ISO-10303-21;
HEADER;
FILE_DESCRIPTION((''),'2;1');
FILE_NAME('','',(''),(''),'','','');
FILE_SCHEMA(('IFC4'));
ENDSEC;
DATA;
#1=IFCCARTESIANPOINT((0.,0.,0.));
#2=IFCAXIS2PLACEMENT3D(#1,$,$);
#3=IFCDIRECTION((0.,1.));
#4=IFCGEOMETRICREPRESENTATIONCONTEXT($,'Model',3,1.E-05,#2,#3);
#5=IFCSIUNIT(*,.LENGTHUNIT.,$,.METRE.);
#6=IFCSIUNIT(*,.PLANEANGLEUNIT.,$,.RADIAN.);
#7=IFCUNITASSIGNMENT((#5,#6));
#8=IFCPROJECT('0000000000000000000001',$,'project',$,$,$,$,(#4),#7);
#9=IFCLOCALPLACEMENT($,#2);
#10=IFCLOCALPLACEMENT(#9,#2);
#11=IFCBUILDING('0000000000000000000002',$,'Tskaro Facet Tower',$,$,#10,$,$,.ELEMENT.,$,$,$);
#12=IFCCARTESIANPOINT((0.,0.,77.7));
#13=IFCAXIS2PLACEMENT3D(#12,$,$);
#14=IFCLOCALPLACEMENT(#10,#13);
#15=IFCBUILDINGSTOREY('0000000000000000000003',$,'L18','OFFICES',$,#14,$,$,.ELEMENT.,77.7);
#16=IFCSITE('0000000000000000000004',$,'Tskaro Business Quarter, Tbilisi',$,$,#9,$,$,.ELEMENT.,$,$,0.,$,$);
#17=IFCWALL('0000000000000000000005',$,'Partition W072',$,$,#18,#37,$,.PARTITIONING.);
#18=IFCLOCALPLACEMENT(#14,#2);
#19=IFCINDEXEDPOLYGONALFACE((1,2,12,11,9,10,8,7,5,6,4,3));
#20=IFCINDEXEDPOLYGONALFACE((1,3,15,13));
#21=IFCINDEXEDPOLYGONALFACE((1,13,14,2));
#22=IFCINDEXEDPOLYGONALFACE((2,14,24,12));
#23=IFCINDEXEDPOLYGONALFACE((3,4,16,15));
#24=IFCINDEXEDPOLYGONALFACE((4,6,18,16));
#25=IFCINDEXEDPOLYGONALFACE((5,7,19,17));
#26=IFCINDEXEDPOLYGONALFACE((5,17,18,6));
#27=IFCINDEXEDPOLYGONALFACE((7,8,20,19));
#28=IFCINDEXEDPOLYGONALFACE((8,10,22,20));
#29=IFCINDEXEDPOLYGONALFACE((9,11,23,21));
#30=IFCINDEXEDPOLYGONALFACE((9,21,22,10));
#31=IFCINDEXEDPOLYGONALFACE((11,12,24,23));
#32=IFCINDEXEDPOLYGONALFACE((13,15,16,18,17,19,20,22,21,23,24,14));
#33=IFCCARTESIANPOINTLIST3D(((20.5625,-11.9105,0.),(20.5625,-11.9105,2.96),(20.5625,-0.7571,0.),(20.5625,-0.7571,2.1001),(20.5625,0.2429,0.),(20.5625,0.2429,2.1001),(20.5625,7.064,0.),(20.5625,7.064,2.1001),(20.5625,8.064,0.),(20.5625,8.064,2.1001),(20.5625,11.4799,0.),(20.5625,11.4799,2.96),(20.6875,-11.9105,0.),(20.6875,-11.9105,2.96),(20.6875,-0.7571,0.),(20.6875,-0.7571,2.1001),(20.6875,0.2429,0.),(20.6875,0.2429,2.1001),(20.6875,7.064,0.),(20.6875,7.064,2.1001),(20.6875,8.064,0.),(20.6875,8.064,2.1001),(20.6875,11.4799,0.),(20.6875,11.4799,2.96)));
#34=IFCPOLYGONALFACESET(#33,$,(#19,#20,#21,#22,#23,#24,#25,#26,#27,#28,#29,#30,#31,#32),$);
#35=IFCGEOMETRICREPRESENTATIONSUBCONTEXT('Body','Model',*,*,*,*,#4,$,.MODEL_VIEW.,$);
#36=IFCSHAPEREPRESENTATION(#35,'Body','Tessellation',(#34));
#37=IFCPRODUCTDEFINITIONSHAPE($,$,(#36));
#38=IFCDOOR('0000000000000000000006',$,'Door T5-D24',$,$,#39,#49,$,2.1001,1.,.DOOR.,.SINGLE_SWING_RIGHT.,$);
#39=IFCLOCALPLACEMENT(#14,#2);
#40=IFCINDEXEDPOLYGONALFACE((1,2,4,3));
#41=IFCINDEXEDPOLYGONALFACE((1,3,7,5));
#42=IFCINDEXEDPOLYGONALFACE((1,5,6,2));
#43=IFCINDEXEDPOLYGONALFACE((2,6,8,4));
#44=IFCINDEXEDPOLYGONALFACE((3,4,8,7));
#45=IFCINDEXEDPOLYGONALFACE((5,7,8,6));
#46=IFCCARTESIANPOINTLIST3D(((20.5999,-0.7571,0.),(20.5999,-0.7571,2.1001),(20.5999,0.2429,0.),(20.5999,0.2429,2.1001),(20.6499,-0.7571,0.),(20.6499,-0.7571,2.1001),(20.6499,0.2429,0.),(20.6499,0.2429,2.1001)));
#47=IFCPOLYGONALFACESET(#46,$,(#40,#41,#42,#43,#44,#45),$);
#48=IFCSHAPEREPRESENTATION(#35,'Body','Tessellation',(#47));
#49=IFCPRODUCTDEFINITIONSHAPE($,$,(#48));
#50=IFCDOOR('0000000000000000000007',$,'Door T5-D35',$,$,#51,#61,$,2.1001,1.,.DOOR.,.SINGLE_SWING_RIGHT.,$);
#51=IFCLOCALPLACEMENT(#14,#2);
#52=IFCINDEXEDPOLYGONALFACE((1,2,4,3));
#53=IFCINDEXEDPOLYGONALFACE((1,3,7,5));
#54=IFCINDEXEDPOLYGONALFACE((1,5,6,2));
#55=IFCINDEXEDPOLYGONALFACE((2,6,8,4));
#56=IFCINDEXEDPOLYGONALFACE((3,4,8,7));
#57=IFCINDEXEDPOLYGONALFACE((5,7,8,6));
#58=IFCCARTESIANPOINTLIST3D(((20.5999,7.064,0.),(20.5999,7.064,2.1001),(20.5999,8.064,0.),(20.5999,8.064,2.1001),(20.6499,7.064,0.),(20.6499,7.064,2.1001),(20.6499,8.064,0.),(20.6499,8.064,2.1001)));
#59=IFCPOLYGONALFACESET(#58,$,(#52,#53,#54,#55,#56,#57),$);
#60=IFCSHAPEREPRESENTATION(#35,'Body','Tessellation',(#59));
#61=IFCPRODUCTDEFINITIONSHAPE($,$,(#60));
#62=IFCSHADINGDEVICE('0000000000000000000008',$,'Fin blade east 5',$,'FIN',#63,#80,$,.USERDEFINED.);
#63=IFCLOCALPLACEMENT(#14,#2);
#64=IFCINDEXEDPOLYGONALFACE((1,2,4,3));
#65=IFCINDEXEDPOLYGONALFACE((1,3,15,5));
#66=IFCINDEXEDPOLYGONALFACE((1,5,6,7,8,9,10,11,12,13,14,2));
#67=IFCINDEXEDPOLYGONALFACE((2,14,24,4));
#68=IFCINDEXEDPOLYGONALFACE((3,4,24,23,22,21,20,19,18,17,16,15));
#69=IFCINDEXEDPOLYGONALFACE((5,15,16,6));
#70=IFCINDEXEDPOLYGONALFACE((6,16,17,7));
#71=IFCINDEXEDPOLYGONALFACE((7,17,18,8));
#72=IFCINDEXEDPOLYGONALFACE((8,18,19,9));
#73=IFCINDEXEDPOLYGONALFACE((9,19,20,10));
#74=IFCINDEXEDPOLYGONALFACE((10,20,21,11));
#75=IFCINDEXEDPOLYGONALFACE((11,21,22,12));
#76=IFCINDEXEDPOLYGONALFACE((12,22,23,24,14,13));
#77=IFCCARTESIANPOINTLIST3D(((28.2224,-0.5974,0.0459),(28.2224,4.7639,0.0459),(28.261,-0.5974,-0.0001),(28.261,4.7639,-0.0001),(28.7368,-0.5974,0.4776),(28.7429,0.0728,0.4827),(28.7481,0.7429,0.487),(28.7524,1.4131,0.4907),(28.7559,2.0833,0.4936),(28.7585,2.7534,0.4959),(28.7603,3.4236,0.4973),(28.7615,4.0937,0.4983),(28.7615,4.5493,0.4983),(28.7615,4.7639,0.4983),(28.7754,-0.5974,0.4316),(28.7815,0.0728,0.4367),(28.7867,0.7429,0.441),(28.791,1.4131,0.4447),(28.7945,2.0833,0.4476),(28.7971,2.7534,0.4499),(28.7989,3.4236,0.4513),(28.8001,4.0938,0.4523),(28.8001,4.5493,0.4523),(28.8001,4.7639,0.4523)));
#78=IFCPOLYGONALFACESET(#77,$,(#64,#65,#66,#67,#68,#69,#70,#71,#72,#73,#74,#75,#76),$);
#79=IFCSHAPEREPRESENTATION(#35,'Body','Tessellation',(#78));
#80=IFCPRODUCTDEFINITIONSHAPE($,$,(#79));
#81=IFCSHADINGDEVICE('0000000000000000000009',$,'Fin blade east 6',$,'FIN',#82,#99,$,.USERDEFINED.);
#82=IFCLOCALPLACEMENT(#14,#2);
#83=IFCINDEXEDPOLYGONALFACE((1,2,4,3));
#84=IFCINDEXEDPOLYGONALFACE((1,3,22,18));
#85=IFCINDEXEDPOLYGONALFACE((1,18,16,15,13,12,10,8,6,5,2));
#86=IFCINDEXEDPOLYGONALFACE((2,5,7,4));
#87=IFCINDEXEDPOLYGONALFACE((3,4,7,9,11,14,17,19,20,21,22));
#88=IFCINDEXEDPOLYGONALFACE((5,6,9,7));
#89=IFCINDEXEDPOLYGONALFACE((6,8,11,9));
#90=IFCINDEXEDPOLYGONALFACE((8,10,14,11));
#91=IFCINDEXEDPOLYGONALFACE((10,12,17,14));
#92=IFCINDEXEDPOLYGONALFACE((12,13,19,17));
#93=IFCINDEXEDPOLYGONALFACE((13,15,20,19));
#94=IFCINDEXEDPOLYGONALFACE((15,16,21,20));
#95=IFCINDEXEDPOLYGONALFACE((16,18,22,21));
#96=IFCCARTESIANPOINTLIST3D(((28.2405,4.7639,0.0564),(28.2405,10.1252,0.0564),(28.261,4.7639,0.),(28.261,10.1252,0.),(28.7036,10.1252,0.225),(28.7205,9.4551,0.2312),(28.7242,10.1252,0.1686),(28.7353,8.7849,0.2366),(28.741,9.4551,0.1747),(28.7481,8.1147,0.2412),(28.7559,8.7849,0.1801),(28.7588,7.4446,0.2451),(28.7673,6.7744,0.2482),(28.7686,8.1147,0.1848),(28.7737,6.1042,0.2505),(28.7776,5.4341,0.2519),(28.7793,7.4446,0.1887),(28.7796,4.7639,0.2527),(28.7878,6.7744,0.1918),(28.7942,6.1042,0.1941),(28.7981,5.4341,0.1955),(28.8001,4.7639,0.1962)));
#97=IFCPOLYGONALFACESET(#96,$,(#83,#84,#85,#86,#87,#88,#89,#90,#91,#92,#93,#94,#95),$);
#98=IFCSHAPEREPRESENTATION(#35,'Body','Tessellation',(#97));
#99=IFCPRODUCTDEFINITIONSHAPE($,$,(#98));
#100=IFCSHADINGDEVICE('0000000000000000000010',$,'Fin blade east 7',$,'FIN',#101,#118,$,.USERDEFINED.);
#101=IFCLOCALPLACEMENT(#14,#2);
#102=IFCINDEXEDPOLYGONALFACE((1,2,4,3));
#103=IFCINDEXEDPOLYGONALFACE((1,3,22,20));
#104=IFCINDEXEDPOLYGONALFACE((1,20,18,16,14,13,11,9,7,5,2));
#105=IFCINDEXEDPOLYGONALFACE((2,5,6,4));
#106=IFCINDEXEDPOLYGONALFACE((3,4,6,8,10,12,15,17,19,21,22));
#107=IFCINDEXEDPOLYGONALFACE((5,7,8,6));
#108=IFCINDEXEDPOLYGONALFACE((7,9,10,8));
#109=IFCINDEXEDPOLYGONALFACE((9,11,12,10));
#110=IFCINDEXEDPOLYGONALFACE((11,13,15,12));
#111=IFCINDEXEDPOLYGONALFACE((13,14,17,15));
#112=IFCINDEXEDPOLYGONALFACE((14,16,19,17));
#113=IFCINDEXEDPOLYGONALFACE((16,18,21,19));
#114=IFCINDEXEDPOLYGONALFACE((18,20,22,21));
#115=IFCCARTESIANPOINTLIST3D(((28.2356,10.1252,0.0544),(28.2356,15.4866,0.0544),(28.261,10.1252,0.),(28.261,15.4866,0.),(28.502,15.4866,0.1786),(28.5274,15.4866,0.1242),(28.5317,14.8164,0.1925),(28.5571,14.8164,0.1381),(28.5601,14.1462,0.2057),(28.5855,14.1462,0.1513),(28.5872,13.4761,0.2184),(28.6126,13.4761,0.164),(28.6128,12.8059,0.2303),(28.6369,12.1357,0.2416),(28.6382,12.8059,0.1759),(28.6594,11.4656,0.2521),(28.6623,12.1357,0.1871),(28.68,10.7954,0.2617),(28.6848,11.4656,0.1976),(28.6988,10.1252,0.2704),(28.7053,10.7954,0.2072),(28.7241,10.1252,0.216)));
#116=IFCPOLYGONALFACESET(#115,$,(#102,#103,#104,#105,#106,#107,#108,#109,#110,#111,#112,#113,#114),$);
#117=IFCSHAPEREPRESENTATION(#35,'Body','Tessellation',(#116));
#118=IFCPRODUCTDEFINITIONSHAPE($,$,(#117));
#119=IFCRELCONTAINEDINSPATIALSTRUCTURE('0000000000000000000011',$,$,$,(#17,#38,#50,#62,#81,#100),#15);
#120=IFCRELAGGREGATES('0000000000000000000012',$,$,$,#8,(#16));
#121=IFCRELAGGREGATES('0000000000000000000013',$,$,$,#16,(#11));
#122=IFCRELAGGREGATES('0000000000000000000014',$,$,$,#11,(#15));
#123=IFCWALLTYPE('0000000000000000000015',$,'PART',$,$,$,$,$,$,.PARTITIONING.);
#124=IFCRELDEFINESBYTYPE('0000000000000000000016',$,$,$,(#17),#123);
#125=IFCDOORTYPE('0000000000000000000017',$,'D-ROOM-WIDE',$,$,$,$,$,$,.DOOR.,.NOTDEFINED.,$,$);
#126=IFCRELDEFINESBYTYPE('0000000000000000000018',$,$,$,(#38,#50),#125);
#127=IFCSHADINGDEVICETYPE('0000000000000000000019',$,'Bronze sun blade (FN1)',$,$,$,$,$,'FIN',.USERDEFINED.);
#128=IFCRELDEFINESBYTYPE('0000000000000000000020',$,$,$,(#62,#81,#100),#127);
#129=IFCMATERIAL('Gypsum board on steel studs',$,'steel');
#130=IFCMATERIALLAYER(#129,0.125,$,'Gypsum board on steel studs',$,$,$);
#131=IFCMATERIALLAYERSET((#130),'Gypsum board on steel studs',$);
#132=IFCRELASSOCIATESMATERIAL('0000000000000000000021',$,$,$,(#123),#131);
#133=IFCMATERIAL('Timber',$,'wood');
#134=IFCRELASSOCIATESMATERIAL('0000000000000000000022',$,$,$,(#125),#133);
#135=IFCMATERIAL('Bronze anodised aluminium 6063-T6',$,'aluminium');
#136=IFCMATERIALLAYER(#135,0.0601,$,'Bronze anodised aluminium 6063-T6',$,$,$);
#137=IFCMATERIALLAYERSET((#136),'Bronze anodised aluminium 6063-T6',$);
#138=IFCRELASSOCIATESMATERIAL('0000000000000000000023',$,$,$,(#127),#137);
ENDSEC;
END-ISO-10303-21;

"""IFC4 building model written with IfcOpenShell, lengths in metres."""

from ifc_helpers import new_model, si_unit, direction, frame, frame_2d, origin, place, context, subcontext, project, spatial, polyline, rectangle, outline, extrude, material, layer, layer_set, type_object, element, fill, save


model = new_model("IFC4")

# Units and contexts
model_context = context("Model", 3, precision=1e-05, world=origin(), true_north=direction((0.0, 1.0)))
body_context = subcontext(model_context, "Body", "Model", "MODEL_VIEW")
ifc_project = project(units=[si_unit("LENGTHUNIT", "METRE"), si_unit("PLANEANGLEUNIT", "RADIAN")], contexts=[model_context])

# Site, building, storey
site_placement = place(None, origin())
site = spatial("IfcSite", under=ifc_project, at=site_placement, Name="Tskaro Business Quarter, Tbilisi", CompositionType="ELEMENT", RefElevation=0.0)
building_placement = place(site_placement, origin())
building = spatial("IfcBuilding", under=site, at=building_placement, Name="Tskaro Facet Tower", CompositionType="ELEMENT")
storey_placement = place(building_placement, frame((0.0, 0.0, 77.7)))
storey = spatial("IfcBuildingStorey", under=building, at=storey_placement, Name="L18", Description="OFFICES", CompositionType="ELEMENT", Elevation=77.7)

# Shared definitions
ifc_material_1 = material(Name="Bronze anodised aluminium 6063-T6", Category="aluminium")

# Shared definitions
ifc_material_2 = material(Name="Gypsum board on steel studs", Category="steel")
ifc_layer_1 = layer(ifc_material_2, 0.125, Name="Gypsum board on steel studs")
ifc_layer_set_1 = layer_set([ifc_layer_1], Name="Gypsum board on steel studs")
wall_type = type_object("IfcWallType", Name="PART", PredefinedType="PARTITIONING", material=ifc_layer_set_1)

# Wall, openings, doors
wall_1_placement = place(storey_placement, frame((20.625, 11.48, 0.0), z_axis=(0.0, 0.0, 1.0), x_axis=(0.0, -1.0, 0.0)))
wall_1 = element("IfcWall", 1, at=wall_1_placement, inside=storey, type_object=wall_type, Name="Partition W072", PredefinedType="PARTITIONING", context=body_context, shape_type="SweptSolid", body=[
    extrude(rectangle(XDim=23.3904, YDim=0.125, at=frame_2d((11.6953, 0.0))), origin(), (0.0, 0.0, 1.0), 2.96),
])
opening_1_placement = place(wall_1_placement, frame((11.2371, 0.0, 0.0)))
opening_1 = element("IfcOpeningElement", 2, at=opening_1_placement, cuts=wall_1, PredefinedType="OPENING", context=body_context, shape_type="SweptSolid", body=[
    extrude(rectangle(XDim=1.0, YDim=2.1001, at=frame_2d((0.5, 1.05))), frame((0.0, 0.0725, 0.0), z_axis=(0.0, -1.0, 0.0), x_axis=(1.0, 0.0, 0.0)), (0.0, 0.0, 1.0), 0.145),
])
opening_2_placement = place(wall_1_placement, frame((3.416, 0.0, 0.0)))
opening_2 = element("IfcOpeningElement", 3, at=opening_2_placement, cuts=wall_1, PredefinedType="OPENING", context=body_context, shape_type="SweptSolid", body=[
    extrude(rectangle(XDim=1.0, YDim=2.1001, at=frame_2d((0.5, 1.05))), frame((0.0, 0.0725, 0.0), z_axis=(0.0, -1.0, 0.0), x_axis=(1.0, 0.0, 0.0)), (0.0, 0.0, 1.0), 0.145),
])
ifc_material_3 = material(Name="Timber", Category="wood")
door_type = type_object("IfcDoorType", Name="D-ROOM-WIDE", OperationType="NOTDEFINED", PredefinedType="DOOR", material=ifc_material_3)
door_1_placement = place(opening_1_placement, origin())
door_1 = element("IfcDoor", 4, at=door_1_placement, inside=storey, type_object=door_type, Name="Door T5-D24", OperationType="SINGLE_SWING_RIGHT", OverallHeight=2.1001, OverallWidth=1.0, PredefinedType="DOOR", context=body_context, shape_type="SweptSolid", body=[
    extrude(rectangle(XDim=1.0, YDim=2.1001, at=frame_2d((0.5, 1.05))), frame((0.0, 0.0249, 0.0), z_axis=(0.0, -1.0, 0.0), x_axis=(1.0, 0.0, 0.0)), (0.0, 0.0, 1.0), 0.05),
])
fill(opening_1, door_1)
door_2_placement = place(opening_2_placement, origin())
door_2 = element("IfcDoor", 5, at=door_2_placement, inside=storey, type_object=door_type, Name="Door T5-D35", OperationType="SINGLE_SWING_RIGHT", OverallHeight=2.1001, OverallWidth=1.0, PredefinedType="DOOR", context=body_context, shape_type="SweptSolid", body=[
    extrude(rectangle(XDim=1.0, YDim=2.1001, at=frame_2d((0.5, 1.05))), frame((0.0, 0.0249, 0.0), z_axis=(0.0, -1.0, 0.0), x_axis=(1.0, 0.0, 0.0)), (0.0, 0.0, 1.0), 0.05),
])
fill(opening_2, door_2)

# Shading devices
ifc_layer_2 = layer(ifc_material_1, 0.0601, Name="Bronze anodised aluminium 6063-T6")
ifc_layer_set_2 = layer_set([ifc_layer_2], Name="Bronze anodised aluminium 6063-T6")
shading_device_type = type_object("IfcShadingDeviceType", Name="Bronze sun blade (FN1)", ElementType="FIN", PredefinedType="USERDEFINED", material=ifc_layer_set_2)
shading_device_1_placement = place(storey_placement, frame((28.2224, -0.5974, 0.0459), z_axis=(-0.642853, -0.000004, 0.765989), x_axis=(-0.000003, 1.0, 0.000003)))
element("IfcShadingDevice", 6, at=shading_device_1_placement, inside=storey, type_object=shading_device_type, Name="Fin blade east 5", ObjectType="FIN", PredefinedType="USERDEFINED", context=body_context, shape_type="SweptSolid", body=[
    extrude(outline(polyline([(0.0, 0.0), (5.3613, 0.0), (5.3613, -0.7037), (5.1467, -0.7037), (4.6912, -0.7037), (4.021, -0.7022), (3.3508, -0.6999), (2.6807, -0.6965), (2.0105, -0.692), (1.3403, -0.6862), (0.6702, -0.6795), (0.0, -0.6715), (0.0, 0.0)])), origin(), (0.0, 0.0, -1.0), 0.0601),
])
shading_device_2_placement = place(storey_placement, frame((28.2405, 4.7639, 0.0564), z_axis=(-0.3421, -0.000004, 0.939663), x_axis=(-0.000001, 1.0, 0.000004)))
element("IfcShadingDevice", 7, at=shading_device_2_placement, inside=storey, type_object=shading_device_type, Name="Fin blade east 6", ObjectType="FIN", PredefinedType="USERDEFINED", context=body_context, shape_type="SweptSolid", body=[
    extrude(outline(polyline([(0.0, 0.0), (5.3613, 0.0), (5.3613, -0.4929), (4.6912, -0.5108), (4.021, -0.5267), (3.3508, -0.5402), (2.6807, -0.5516), (2.0105, -0.5606), (1.3403, -0.5674), (0.6702, -0.5716), (0.0, -0.5737), (0.0, 0.0)])), origin(), (0.0, 0.0, -1.0), 0.0601),
])
shading_device_3_placement = place(storey_placement, frame((28.2356, 10.1252, 0.0544), z_axis=(-0.422634, 0.000006, 0.906301), x_axis=(0.000003, 1.0, -0.000006)))
element("IfcShadingDevice", 8, at=shading_device_3_placement, inside=storey, type_object=shading_device_type, Name="Fin blade east 7", ObjectType="FIN", PredefinedType="USERDEFINED", context=body_context, shape_type="SweptSolid", body=[
    extrude(outline(polyline([(0.0, 0.0), (5.3613, 0.0), (5.3613, -0.2939), (4.6912, -0.3267), (4.021, -0.358), (3.3508, -0.388), (2.6807, -0.4162), (2.0105, -0.4428), (1.3403, -0.4676), (0.6702, -0.4903), (0.0, -0.5111), (0.0, 0.0)])), origin(), (0.0, 0.0, -1.0), 0.0601),
])

save(model, "model.ifc")
